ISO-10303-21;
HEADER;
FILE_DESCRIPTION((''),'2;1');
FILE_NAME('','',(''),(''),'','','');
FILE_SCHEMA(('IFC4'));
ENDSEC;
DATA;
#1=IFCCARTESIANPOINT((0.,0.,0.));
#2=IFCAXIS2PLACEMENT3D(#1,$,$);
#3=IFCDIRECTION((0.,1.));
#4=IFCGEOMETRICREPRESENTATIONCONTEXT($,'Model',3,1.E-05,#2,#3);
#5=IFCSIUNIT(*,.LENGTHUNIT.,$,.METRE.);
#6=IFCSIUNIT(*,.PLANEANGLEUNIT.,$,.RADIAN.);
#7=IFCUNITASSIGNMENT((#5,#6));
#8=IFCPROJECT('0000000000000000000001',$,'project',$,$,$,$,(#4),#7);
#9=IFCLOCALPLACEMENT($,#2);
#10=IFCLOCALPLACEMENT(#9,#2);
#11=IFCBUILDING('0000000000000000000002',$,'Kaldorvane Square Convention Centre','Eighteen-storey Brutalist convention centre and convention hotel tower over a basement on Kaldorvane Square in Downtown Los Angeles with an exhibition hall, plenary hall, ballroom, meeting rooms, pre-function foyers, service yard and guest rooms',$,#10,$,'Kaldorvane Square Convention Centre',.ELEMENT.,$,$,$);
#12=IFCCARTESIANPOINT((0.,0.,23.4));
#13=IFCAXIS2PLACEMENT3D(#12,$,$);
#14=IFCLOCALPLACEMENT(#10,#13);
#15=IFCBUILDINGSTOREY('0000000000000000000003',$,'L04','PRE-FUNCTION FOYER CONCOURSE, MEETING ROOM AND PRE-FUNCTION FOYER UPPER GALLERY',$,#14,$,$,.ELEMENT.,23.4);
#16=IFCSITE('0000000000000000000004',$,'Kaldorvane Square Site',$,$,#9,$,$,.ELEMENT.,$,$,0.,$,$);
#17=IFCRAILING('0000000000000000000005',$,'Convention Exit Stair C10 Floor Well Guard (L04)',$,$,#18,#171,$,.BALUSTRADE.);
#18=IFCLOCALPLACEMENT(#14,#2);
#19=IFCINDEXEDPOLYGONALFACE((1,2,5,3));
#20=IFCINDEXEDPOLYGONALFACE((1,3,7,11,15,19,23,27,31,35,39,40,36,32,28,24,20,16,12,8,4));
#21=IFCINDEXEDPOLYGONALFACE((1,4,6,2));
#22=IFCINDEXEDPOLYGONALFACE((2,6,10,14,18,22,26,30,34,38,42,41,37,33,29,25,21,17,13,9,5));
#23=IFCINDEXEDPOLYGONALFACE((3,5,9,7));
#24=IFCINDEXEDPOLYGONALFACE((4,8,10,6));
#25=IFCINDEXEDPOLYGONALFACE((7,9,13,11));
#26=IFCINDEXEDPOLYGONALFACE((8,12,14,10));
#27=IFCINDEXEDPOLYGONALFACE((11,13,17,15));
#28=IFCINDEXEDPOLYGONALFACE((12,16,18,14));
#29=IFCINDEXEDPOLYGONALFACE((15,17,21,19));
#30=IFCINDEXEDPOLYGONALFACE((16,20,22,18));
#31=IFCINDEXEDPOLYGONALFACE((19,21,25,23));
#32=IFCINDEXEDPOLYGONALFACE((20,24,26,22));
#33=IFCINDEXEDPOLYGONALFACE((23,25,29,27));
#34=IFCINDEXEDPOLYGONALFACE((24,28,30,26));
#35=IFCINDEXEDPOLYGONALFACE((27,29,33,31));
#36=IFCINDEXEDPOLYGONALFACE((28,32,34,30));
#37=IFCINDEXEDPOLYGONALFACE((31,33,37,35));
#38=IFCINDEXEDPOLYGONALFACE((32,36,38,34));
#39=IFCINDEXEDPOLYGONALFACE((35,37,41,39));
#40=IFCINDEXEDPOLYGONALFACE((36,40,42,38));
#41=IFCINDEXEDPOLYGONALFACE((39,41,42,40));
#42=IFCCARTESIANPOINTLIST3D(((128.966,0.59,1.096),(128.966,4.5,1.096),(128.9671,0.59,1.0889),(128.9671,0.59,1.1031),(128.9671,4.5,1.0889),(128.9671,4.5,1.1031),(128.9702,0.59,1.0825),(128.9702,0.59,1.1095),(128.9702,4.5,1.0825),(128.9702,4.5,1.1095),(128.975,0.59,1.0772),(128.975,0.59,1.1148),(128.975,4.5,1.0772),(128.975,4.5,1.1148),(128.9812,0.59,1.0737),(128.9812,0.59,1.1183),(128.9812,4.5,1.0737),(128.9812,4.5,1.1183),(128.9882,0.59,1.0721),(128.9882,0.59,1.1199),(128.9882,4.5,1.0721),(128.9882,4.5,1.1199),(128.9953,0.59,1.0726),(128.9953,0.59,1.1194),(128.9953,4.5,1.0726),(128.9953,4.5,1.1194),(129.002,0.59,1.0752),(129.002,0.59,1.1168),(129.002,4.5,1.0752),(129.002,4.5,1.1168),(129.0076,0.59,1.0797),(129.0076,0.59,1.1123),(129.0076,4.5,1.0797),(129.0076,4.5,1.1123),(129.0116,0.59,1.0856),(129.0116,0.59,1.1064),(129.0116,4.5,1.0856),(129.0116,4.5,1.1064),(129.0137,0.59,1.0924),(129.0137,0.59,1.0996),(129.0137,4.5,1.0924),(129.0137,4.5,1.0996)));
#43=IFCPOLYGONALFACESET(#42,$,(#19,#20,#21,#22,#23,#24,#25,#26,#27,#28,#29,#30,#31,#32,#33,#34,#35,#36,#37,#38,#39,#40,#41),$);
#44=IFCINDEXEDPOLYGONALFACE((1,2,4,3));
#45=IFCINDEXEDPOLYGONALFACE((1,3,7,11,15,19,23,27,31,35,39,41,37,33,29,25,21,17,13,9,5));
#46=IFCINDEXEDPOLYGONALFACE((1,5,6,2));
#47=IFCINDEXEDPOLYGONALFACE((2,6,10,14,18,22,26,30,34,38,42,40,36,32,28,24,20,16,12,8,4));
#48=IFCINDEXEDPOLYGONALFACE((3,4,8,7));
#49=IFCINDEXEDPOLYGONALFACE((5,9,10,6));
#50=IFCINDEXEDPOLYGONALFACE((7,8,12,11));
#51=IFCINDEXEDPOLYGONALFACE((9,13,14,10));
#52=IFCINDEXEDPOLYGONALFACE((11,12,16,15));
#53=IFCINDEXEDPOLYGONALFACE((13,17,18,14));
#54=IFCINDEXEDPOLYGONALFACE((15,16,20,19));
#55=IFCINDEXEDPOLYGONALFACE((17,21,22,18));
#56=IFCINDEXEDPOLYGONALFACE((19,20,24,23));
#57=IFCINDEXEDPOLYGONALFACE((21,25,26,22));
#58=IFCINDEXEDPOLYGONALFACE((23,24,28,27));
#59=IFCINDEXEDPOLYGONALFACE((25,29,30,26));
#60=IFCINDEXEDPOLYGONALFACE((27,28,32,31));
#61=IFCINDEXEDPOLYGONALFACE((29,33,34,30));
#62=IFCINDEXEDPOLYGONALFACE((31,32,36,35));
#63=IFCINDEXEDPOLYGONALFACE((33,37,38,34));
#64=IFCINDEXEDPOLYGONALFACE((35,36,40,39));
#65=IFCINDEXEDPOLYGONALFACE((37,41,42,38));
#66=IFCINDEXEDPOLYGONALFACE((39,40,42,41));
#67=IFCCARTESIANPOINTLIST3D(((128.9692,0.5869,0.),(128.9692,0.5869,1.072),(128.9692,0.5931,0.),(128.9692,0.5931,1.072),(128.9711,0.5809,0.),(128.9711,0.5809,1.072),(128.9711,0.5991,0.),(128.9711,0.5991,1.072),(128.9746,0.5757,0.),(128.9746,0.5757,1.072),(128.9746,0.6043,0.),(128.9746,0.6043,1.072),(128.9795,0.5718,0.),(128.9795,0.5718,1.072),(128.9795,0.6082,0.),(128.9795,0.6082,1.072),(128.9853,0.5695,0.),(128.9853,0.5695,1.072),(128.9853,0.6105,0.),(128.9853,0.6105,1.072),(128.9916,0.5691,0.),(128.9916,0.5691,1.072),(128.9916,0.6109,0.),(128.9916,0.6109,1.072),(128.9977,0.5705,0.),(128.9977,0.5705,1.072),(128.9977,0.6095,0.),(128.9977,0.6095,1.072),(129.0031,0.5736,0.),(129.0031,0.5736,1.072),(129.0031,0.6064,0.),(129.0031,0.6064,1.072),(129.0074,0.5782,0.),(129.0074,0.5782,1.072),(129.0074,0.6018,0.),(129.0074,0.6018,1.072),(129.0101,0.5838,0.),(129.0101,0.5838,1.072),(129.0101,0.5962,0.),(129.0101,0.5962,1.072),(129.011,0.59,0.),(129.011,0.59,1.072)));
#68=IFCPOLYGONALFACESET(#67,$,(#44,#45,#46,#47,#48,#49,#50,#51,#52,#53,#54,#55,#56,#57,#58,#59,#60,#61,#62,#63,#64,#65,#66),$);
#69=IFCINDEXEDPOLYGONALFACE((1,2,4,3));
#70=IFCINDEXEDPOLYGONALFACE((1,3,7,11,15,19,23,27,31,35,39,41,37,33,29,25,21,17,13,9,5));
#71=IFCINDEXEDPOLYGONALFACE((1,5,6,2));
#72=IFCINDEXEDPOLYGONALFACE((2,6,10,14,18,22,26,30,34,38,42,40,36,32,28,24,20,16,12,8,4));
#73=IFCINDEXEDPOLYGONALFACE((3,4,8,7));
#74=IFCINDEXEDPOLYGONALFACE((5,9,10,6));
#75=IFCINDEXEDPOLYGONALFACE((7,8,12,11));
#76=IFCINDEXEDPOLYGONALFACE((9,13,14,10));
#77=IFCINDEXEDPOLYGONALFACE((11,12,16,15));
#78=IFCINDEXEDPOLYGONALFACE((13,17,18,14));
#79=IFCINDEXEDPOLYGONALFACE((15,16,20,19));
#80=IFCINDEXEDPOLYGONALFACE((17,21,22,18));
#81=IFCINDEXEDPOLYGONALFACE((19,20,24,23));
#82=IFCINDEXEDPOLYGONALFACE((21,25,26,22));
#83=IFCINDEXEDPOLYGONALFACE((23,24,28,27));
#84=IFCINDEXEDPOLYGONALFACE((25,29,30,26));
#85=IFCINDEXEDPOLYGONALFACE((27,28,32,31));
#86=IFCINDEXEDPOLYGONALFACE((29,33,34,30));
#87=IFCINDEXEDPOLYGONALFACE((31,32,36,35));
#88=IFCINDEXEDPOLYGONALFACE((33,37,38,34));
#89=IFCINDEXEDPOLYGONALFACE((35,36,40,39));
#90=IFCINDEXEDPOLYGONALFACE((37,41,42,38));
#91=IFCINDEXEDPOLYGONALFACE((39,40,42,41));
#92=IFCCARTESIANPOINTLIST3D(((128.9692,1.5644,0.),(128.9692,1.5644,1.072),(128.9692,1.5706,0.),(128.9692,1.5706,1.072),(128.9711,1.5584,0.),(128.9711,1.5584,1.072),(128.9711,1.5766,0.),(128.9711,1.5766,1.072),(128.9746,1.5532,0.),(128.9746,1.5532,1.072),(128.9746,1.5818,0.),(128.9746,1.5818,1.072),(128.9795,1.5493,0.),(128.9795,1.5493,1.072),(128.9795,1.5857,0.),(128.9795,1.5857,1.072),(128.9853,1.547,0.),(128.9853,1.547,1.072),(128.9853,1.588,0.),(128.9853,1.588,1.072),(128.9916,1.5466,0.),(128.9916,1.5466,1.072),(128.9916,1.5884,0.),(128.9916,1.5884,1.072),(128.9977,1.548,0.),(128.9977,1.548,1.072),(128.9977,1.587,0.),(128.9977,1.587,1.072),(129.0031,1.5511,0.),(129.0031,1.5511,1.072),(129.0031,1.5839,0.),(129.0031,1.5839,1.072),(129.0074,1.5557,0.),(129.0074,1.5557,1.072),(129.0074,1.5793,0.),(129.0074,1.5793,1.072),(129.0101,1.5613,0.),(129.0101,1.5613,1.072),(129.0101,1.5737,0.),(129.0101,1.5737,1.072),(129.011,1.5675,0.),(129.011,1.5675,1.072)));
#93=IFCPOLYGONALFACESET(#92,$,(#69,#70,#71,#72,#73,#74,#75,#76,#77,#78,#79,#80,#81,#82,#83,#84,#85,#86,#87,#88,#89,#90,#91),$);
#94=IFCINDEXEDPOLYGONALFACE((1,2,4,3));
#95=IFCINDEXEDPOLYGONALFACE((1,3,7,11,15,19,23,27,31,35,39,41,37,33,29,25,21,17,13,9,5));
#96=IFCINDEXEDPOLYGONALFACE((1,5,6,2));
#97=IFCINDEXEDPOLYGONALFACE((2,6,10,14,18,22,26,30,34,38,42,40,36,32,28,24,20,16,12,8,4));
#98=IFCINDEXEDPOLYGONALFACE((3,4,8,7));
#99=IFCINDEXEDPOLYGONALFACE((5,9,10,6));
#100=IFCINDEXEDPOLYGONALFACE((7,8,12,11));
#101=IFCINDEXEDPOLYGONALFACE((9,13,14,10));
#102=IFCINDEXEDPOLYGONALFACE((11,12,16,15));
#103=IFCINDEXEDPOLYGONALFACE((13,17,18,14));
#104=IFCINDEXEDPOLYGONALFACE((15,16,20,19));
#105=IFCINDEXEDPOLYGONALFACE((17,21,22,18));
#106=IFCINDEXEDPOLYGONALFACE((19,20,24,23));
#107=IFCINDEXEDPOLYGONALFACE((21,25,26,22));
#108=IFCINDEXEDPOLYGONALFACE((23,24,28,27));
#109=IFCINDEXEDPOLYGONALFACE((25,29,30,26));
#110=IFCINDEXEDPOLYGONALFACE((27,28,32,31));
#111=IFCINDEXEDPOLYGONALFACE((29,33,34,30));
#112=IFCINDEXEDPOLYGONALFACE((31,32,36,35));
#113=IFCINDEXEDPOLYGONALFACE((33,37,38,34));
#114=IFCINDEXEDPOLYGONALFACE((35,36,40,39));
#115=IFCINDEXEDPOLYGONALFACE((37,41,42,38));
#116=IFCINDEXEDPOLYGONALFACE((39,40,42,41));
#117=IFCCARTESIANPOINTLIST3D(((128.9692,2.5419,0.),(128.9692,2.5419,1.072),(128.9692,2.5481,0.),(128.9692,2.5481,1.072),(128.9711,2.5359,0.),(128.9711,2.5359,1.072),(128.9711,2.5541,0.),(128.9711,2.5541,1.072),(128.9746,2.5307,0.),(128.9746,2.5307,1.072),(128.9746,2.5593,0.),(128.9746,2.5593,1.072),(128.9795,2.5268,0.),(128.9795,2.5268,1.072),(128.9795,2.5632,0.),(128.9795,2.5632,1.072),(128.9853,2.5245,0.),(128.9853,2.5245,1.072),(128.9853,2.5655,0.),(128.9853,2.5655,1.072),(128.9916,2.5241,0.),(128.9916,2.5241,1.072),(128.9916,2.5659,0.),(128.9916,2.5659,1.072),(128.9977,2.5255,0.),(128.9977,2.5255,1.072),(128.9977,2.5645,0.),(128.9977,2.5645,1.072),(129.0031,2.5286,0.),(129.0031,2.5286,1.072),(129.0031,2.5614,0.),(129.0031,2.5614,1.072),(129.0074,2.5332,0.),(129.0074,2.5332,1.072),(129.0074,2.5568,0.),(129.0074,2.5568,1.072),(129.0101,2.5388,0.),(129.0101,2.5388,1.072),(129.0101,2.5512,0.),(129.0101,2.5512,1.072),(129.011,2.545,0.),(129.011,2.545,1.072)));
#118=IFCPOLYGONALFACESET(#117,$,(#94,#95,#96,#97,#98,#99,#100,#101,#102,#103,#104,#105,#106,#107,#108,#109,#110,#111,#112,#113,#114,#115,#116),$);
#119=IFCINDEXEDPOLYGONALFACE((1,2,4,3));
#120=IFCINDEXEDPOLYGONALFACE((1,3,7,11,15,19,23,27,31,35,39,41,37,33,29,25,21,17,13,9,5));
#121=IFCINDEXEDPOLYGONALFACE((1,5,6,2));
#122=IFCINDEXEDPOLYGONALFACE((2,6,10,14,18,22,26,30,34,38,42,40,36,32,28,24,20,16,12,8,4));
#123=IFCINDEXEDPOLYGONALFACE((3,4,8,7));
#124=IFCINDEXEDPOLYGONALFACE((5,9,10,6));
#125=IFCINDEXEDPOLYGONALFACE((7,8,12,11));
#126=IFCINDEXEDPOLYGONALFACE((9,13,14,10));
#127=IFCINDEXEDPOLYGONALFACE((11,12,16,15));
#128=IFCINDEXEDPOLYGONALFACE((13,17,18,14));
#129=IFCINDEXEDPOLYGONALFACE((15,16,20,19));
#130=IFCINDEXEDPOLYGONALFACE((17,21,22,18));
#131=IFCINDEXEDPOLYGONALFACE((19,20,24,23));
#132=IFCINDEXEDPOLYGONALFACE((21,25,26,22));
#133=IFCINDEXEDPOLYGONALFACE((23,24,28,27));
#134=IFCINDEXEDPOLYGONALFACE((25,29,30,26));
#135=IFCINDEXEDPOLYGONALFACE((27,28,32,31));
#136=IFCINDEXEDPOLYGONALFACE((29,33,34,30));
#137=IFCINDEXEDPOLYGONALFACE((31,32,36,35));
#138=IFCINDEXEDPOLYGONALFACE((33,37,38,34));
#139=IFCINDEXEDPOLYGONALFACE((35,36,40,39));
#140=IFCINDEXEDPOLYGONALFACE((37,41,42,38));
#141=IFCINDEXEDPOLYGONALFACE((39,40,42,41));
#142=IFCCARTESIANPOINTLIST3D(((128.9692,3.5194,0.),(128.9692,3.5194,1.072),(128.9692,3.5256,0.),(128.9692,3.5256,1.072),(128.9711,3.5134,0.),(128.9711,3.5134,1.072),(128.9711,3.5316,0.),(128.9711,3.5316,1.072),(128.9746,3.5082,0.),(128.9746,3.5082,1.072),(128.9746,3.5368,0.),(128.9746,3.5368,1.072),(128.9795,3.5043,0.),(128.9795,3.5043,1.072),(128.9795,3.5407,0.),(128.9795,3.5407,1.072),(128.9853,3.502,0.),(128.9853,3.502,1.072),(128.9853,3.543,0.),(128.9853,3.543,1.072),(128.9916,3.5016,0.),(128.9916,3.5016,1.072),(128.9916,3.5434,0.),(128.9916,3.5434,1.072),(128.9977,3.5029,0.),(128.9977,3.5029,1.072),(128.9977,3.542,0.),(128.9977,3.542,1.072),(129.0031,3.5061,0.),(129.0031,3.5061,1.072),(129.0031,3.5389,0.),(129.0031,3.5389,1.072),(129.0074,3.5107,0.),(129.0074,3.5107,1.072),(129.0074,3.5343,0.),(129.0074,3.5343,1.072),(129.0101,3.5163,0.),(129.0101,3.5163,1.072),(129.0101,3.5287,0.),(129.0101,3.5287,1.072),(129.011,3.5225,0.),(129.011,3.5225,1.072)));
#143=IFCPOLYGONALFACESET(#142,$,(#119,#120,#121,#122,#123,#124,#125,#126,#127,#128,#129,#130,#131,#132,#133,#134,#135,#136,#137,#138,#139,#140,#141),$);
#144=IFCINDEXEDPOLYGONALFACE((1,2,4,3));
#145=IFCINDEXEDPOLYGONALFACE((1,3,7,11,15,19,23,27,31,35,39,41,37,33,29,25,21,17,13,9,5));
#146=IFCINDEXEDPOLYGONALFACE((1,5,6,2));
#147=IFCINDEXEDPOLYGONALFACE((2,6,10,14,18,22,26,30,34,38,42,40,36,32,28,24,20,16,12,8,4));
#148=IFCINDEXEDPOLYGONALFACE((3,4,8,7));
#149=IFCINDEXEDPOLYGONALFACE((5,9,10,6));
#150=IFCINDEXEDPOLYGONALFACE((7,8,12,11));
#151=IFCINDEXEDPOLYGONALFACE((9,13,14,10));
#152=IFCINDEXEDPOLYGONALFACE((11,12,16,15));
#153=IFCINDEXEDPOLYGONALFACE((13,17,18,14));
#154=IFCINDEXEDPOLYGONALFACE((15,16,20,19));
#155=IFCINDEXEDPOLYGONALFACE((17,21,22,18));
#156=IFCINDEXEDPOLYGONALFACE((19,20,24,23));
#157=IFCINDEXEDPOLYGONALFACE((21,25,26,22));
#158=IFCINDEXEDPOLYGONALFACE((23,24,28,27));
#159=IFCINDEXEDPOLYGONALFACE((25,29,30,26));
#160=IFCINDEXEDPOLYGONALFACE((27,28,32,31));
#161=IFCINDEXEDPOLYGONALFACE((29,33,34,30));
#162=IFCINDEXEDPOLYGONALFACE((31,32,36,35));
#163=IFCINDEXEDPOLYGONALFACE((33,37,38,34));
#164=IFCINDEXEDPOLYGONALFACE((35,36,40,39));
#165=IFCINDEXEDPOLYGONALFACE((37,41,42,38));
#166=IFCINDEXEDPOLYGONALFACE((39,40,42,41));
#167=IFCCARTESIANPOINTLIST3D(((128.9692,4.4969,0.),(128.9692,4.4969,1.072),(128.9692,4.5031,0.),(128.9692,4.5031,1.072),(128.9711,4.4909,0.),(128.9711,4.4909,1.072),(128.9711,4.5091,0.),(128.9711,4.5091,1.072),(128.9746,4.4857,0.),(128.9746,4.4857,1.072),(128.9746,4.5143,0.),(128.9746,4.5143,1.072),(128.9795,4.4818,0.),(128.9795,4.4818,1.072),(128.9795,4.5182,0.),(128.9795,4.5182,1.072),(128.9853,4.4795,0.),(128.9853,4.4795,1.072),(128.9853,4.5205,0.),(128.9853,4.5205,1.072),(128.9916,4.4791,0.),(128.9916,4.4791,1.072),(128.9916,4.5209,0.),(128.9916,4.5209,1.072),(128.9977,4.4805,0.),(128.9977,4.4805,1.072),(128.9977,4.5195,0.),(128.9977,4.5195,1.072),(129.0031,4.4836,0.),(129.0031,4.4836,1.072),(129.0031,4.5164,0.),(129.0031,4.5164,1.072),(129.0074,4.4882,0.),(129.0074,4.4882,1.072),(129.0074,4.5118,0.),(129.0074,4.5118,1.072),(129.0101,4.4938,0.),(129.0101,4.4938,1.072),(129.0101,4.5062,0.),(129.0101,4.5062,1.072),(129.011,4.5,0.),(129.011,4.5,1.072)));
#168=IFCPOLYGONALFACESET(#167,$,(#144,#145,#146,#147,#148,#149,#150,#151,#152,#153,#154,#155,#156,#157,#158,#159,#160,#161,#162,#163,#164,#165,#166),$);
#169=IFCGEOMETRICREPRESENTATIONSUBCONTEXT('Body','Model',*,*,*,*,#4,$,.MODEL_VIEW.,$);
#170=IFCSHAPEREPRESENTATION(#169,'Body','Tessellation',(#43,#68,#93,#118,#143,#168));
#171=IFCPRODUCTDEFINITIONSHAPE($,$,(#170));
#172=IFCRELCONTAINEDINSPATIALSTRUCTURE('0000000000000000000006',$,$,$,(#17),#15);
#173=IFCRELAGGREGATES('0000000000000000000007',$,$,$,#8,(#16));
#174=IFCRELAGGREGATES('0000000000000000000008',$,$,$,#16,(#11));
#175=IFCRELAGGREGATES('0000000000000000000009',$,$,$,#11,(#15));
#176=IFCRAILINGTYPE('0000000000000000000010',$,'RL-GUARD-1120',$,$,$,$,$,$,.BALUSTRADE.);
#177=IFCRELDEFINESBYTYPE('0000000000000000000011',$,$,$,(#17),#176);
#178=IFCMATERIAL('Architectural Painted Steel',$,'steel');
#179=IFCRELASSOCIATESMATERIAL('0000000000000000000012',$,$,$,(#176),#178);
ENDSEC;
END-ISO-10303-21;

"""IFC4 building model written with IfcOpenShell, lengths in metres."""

from ifc_helpers import new_model, si_unit, direction, frame, origin, origin_2d, place, context, subcontext, project, spatial, circle, extrude, material, type_object, element, save


model = new_model("IFC4")

# Units and contexts
model_context = context("Model", 3, precision=1e-05, world=origin(), true_north=direction((0.0, 1.0)))
body_context = subcontext(model_context, "Body", "Model", "MODEL_VIEW")
ifc_project = project(units=[si_unit("LENGTHUNIT", "METRE"), si_unit("PLANEANGLEUNIT", "RADIAN")], contexts=[model_context])

# Site, building, storey
site_placement = place(None, origin())
site = spatial("IfcSite", under=ifc_project, at=site_placement, Name="Kaldorvane Square Site", CompositionType="ELEMENT", RefElevation=0.0)
building_placement = place(site_placement, origin())
building = spatial("IfcBuilding", under=site, at=building_placement, Name="Kaldorvane Square Convention Centre", Description="Eighteen-storey Brutalist convention centre and convention hotel tower over a basement on Kaldorvane Square in Downtown Los Angeles with an exhibition hall, plenary hall, ballroom, meeting rooms, pre-function foyers, service yard and guest rooms", LongName="Kaldorvane Square Convention Centre", CompositionType="ELEMENT")
storey_placement = place(building_placement, frame((0.0, 0.0, 23.4)))
storey = spatial("IfcBuildingStorey", under=building, at=storey_placement, Name="L04", Description="PRE-FUNCTION FOYER CONCOURSE, MEETING ROOM AND PRE-FUNCTION FOYER UPPER GALLERY", CompositionType="ELEMENT", Elevation=23.4)

# Railing
ifc_material_1 = material(Name="Architectural Painted Steel", Category="steel")
railing_type = type_object("IfcRailingType", Name="RL-GUARD-1120", PredefinedType="BALUSTRADE", material=ifc_material_1)
railing_placement = place(storey_placement, frame((128.99, 0.59, 0.0)))
element("IfcRailing", 1, at=railing_placement, inside=storey, type_object=railing_type, Name="Convention Exit Stair C10 Floor Well Guard (L04)", PredefinedType="BALUSTRADE", context=body_context, shape_type="SweptSolid", body=[
    extrude(circle(Radius=0.024, at=origin_2d()), frame((0.0, 0.0, 1.096), z_axis=(0.0, 1.0, 0.0), x_axis=(-1.0, 0.0, 0.0)), (0.0, 0.0, 1.0), 3.91),
    extrude(circle(Radius=0.021, at=origin_2d()), origin(), (0.0, 0.0, 1.0), 1.072),
    extrude(circle(Radius=0.021, at=origin_2d()), frame((0.0, 0.9775, 0.0)), (0.0, 0.0, 1.0), 1.072),
    extrude(circle(Radius=0.021, at=origin_2d()), frame((0.0, 1.955, 0.0)), (0.0, 0.0, 1.0), 1.072),
    extrude(circle(Radius=0.021, at=origin_2d()), frame((0.0, 2.9325, 0.0)), (0.0, 0.0, 1.0), 1.072),
    extrude(circle(Radius=0.021, at=origin_2d()), frame((0.0, 3.91, 0.0)), (0.0, 0.0, 1.0), 1.072),
])

save(model, "model.ifc")
